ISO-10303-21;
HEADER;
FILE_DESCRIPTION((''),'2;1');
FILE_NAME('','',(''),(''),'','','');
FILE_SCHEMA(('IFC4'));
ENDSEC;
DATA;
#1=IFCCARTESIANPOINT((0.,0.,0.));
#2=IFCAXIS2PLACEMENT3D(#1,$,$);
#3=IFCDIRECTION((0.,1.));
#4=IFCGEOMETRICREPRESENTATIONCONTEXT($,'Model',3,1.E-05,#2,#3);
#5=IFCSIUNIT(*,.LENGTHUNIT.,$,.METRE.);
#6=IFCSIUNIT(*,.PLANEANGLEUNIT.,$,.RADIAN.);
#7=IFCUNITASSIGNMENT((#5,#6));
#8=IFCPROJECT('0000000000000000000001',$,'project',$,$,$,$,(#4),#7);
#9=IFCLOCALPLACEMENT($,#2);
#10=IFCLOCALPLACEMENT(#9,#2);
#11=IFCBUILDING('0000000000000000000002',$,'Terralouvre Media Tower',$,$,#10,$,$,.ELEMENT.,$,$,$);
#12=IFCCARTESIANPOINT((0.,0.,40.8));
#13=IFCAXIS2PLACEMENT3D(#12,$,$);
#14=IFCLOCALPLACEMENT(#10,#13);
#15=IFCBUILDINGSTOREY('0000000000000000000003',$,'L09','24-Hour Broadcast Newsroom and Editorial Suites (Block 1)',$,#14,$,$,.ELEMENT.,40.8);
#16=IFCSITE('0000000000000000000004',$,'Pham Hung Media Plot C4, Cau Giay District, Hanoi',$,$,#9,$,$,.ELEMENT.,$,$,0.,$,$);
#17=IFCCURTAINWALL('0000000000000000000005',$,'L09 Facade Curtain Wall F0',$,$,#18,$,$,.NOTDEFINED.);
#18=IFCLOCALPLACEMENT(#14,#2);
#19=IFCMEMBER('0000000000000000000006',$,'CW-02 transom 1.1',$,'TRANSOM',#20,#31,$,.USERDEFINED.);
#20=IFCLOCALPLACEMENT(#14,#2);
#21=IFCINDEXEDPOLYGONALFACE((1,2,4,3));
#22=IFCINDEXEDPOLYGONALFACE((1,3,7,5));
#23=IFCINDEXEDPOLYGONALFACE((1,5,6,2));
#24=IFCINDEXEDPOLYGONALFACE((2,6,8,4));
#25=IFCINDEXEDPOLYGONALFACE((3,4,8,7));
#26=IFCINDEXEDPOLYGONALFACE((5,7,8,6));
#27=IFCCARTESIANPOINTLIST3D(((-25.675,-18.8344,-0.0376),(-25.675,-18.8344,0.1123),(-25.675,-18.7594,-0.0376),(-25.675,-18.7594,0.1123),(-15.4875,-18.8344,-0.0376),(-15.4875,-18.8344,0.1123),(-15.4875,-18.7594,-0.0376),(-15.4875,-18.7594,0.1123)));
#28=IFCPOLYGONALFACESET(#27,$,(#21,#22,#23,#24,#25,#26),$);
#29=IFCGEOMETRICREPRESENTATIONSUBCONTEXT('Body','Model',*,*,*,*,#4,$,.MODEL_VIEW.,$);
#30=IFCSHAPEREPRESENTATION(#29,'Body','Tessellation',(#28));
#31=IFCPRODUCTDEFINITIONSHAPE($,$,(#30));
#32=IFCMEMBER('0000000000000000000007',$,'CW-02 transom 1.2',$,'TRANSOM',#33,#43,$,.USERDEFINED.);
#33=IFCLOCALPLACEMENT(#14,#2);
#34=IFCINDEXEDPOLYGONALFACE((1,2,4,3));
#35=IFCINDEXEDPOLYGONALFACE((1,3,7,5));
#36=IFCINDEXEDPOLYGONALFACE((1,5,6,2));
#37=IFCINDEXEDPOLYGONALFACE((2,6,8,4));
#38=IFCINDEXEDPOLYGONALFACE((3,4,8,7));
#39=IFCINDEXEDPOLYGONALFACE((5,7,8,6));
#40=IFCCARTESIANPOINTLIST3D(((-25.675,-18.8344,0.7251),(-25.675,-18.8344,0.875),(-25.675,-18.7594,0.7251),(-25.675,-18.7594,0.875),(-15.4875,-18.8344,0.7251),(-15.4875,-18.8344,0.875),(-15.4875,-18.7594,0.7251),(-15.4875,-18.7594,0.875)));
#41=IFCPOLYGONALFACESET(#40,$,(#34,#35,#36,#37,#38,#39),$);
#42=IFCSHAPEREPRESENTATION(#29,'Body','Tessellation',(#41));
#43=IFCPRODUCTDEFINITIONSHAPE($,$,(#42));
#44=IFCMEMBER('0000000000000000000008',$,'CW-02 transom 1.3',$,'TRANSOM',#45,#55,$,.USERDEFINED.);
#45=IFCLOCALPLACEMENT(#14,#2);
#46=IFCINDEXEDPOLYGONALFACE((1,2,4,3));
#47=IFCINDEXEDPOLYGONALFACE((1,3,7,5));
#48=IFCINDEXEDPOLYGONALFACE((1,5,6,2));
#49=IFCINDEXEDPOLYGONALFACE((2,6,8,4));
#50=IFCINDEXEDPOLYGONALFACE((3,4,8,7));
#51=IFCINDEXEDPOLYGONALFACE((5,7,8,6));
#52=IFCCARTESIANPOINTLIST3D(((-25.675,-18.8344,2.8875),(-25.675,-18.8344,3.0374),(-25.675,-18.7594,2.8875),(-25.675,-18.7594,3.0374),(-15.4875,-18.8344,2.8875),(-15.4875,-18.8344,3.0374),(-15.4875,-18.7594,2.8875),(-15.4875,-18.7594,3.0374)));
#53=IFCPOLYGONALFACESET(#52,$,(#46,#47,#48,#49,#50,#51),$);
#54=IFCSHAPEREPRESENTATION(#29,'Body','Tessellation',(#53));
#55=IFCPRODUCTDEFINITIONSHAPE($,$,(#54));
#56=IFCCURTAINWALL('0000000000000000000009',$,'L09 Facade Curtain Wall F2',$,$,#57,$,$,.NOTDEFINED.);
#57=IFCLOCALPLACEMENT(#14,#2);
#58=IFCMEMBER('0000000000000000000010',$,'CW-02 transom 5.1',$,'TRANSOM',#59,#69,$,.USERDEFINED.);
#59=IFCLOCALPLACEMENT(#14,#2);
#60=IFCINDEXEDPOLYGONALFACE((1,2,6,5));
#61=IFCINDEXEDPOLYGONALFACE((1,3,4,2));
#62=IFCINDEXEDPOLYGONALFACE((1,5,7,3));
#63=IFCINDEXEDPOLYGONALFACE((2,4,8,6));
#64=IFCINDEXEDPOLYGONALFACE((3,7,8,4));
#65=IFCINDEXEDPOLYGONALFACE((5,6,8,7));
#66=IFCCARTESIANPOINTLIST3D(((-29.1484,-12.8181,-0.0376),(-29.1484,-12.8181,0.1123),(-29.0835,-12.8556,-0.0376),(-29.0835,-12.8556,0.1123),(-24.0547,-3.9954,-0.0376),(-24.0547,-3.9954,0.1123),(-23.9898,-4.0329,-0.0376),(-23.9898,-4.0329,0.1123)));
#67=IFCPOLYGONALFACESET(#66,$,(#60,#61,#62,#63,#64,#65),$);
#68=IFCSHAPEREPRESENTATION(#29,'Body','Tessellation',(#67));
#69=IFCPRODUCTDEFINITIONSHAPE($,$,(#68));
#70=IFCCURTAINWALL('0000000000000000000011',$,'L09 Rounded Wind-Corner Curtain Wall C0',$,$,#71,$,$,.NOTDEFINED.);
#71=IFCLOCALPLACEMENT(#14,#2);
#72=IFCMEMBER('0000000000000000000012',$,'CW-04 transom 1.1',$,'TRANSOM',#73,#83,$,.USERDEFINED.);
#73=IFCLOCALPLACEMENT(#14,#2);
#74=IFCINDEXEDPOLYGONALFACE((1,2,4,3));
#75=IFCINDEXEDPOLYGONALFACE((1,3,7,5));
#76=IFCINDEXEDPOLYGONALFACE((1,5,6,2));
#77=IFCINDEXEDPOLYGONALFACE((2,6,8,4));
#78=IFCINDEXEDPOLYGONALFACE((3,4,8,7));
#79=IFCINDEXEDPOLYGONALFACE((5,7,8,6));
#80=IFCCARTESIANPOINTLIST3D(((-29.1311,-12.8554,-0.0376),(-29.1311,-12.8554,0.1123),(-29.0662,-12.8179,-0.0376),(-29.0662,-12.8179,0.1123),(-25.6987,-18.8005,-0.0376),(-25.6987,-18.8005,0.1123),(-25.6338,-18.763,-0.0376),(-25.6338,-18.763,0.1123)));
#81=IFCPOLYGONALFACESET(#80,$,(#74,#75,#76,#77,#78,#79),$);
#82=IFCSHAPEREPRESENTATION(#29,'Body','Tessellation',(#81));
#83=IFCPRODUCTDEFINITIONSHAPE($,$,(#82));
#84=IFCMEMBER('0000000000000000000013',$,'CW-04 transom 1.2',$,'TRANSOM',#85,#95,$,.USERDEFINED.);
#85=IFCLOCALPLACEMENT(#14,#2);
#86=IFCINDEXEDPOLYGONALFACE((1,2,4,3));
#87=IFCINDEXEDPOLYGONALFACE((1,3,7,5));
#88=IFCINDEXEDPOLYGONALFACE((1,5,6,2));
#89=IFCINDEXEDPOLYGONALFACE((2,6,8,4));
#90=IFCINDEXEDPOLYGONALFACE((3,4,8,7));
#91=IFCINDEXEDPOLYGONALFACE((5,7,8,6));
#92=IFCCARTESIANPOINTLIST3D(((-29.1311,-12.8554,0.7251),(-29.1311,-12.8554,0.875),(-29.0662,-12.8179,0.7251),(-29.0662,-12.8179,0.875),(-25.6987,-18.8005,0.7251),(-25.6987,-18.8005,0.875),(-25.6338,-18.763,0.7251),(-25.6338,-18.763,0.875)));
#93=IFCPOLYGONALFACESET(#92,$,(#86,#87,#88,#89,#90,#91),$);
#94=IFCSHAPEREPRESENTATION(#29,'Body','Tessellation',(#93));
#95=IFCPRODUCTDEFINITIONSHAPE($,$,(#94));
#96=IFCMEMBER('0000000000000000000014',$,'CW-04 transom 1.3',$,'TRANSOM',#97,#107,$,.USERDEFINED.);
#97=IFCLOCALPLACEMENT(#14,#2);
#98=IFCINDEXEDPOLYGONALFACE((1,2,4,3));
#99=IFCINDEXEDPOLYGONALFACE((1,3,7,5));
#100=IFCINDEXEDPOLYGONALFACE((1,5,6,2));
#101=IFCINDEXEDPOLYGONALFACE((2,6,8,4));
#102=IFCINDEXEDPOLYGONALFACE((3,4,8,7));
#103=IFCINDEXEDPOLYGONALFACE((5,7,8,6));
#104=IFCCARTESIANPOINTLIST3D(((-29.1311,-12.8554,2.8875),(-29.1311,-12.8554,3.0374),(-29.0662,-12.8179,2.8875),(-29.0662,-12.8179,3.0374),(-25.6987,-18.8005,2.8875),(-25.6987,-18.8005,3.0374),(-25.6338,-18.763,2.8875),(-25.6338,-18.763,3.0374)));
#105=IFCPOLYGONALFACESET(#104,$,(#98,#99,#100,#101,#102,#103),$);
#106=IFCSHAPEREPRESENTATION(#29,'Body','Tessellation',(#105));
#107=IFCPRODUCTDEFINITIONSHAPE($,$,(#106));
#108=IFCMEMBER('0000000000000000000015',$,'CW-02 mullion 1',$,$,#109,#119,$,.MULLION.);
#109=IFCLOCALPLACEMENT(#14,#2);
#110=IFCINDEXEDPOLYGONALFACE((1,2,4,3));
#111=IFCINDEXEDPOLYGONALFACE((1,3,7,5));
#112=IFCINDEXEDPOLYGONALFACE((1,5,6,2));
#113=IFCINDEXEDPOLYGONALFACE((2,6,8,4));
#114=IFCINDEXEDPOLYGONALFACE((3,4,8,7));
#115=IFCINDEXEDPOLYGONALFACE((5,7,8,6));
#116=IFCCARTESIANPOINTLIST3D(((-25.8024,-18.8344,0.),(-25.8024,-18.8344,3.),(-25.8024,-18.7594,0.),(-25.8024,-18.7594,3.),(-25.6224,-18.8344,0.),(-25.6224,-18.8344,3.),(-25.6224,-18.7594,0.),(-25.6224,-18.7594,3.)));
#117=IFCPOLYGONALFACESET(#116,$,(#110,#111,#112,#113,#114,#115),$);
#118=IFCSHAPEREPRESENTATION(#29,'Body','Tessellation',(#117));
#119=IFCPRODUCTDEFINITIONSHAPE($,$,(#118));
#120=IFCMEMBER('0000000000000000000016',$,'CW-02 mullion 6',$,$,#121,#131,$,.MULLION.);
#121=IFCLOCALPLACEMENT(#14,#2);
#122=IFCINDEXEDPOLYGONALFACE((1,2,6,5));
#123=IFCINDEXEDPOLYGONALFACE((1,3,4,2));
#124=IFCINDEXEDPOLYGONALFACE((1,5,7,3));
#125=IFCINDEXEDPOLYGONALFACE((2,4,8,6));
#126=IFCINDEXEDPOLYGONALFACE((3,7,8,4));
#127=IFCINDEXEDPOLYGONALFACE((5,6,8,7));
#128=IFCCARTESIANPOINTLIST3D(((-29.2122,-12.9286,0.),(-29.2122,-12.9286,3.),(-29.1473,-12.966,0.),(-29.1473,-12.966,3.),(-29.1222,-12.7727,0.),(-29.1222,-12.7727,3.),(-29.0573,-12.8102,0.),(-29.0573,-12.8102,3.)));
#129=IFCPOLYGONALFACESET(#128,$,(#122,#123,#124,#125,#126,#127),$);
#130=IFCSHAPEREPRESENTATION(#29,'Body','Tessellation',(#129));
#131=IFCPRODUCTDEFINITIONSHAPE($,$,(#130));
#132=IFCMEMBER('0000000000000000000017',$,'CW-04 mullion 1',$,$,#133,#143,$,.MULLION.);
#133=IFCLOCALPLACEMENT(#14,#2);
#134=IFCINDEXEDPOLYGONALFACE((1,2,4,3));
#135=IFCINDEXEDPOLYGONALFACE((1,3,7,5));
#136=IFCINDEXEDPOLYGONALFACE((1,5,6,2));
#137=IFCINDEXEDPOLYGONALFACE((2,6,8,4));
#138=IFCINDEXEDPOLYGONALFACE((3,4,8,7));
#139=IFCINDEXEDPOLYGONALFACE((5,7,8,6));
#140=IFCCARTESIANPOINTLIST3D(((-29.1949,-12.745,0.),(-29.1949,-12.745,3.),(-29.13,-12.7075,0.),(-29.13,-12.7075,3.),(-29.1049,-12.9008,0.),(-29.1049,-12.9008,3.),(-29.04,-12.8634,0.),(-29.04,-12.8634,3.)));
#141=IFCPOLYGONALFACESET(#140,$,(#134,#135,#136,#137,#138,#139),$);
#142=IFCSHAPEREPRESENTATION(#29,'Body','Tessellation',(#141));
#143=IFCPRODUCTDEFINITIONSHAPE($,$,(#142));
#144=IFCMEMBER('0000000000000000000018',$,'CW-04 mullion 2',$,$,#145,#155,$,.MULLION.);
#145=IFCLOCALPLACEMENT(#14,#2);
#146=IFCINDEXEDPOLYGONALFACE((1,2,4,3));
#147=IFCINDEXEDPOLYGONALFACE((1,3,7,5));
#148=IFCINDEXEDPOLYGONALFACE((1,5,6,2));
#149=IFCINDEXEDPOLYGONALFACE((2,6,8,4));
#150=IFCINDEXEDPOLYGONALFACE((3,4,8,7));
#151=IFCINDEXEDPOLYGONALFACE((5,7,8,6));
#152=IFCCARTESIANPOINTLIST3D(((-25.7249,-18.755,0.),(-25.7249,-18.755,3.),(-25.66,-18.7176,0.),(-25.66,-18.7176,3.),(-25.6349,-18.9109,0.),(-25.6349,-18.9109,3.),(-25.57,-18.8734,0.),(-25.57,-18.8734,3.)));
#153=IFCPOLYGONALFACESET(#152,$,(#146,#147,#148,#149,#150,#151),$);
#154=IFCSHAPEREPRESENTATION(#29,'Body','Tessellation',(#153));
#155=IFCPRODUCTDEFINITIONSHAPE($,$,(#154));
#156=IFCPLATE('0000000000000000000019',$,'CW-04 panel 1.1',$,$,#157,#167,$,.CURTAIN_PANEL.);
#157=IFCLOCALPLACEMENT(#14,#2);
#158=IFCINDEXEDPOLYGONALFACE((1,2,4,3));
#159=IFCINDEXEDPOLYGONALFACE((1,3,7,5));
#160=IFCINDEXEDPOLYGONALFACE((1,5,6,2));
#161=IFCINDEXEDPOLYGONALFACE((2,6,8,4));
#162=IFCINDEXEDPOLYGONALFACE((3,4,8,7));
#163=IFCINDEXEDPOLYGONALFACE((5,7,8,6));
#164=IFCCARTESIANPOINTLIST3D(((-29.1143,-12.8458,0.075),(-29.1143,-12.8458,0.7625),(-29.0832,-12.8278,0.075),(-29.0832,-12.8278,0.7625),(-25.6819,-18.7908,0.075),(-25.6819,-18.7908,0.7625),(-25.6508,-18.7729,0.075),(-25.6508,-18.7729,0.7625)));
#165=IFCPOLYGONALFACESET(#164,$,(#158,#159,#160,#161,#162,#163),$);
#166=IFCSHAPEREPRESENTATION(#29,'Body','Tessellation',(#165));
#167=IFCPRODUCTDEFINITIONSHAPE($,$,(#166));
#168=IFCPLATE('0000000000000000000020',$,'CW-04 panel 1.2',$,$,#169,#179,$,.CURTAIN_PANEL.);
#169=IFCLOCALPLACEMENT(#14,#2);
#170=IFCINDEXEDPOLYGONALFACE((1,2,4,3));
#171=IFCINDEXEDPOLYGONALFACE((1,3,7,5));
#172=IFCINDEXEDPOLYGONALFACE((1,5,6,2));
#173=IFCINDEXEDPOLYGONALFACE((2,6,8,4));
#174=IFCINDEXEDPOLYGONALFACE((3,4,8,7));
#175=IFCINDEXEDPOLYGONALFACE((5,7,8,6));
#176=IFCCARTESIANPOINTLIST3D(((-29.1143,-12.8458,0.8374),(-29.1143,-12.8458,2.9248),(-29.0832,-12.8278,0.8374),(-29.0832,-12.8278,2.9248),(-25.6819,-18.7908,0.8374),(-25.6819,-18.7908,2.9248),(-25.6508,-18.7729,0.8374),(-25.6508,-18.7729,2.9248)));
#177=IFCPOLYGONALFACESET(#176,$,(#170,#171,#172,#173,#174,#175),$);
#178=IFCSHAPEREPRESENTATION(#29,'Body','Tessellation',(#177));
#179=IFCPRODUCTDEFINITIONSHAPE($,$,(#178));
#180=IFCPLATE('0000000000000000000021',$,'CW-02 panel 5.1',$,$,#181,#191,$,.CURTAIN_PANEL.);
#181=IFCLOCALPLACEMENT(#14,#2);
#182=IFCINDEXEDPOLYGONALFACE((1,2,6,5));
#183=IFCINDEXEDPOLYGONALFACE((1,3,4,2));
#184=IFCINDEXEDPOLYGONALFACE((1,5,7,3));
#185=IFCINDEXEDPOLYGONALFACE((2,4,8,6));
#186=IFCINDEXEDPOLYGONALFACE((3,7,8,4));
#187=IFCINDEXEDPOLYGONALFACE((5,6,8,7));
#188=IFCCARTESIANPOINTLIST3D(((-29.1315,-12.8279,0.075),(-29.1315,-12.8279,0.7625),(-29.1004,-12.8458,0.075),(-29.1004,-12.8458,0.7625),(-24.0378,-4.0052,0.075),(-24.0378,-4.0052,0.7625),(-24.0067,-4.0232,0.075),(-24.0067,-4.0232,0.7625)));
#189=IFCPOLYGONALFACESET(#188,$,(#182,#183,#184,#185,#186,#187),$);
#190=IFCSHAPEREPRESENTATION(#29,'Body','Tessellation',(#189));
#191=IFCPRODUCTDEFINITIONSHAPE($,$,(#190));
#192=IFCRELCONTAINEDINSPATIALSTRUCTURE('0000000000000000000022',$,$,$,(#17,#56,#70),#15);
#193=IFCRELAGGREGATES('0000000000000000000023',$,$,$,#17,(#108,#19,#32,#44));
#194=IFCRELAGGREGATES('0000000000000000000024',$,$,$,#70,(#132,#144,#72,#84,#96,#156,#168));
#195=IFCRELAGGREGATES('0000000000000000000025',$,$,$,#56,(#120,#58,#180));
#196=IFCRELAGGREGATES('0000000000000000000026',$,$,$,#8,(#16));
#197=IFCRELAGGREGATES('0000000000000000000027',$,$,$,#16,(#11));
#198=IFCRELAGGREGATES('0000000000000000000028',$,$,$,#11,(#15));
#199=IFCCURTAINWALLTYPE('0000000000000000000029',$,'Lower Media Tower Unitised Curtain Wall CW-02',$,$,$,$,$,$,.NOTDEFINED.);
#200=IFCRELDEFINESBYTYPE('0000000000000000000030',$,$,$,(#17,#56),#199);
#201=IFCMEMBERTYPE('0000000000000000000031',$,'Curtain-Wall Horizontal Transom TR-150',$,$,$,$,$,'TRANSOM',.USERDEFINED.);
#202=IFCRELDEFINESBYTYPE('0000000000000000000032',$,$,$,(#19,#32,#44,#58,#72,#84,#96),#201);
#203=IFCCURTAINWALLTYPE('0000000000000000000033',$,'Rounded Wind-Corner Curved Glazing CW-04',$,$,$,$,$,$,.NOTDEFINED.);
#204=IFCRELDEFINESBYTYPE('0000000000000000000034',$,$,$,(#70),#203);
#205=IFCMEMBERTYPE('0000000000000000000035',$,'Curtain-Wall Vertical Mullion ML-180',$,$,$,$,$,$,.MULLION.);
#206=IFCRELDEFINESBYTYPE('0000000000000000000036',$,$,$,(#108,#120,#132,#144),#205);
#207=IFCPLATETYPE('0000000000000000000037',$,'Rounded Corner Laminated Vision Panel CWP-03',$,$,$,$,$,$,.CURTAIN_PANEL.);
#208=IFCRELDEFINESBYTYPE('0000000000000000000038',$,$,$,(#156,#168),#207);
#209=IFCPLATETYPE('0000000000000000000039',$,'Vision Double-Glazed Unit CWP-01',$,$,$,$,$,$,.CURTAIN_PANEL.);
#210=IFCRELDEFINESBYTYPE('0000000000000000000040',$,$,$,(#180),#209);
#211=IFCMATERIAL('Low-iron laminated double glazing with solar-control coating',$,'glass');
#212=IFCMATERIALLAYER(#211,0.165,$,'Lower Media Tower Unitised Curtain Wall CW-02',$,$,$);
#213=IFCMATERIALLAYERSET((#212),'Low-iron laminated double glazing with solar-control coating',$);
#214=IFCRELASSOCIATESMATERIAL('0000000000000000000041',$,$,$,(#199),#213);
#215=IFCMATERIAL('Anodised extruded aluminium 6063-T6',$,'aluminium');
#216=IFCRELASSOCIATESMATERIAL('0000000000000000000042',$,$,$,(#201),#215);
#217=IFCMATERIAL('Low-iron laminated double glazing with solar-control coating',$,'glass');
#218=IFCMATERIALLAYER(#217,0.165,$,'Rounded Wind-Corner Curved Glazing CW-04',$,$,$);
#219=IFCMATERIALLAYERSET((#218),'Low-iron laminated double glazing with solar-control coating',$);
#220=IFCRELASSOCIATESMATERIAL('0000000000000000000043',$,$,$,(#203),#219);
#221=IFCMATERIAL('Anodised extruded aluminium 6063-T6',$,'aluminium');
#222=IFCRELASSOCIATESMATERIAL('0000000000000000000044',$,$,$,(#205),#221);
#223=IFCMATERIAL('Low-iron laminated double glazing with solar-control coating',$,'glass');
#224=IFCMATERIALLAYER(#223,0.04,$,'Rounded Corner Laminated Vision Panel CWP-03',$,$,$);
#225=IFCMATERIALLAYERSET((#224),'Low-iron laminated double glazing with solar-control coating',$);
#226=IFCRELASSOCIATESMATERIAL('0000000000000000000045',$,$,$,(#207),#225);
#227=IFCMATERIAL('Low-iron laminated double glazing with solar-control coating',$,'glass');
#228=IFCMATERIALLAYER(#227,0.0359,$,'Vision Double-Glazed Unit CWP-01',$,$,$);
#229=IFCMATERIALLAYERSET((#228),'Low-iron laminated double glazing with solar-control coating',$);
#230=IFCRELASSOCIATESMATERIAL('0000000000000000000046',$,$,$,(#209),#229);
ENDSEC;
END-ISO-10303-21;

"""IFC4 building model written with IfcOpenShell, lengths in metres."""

from ifc_helpers import new_model, si_unit, direction, frame, origin, origin_2d, place, context, subcontext, project, spatial, rectangle, extrude, material, layer, layer_set, material_profile, profile_set, type_object, element, aggregate, save


model = new_model("IFC4")

# Units and contexts
model_context = context("Model", 3, precision=1e-05, world=origin(), true_north=direction((0.0, 1.0)))
body_context = subcontext(model_context, "Body", "Model", "MODEL_VIEW")
ifc_project = project(units=[si_unit("LENGTHUNIT", "METRE"), si_unit("PLANEANGLEUNIT", "RADIAN")], contexts=[model_context])

# Site, building, storey
site_placement = place(None, origin())
site = spatial("IfcSite", under=ifc_project, at=site_placement, Name="Pham Hung Media Plot C4, Cau Giay District, Hanoi", CompositionType="ELEMENT", RefElevation=0.0)
building_placement = place(site_placement, origin())
building = spatial("IfcBuilding", under=site, at=building_placement, Name="Terralouvre Media Tower", CompositionType="ELEMENT")
storey_placement = place(building_placement, frame((0.0, 0.0, 40.8)))
storey = spatial("IfcBuildingStorey", under=building, at=storey_placement, Name="L09", Description="24-Hour Broadcast Newsroom and Editorial Suites (Block 1)", CompositionType="ELEMENT", Elevation=40.8)

# Curtain wall, members
ifc_material_1 = material(Name="Low-iron laminated double glazing with solar-control coating", Category="glass")
ifc_layer_1 = layer(ifc_material_1, 0.165, Name="Lower Media Tower Unitised Curtain Wall CW-02")
ifc_layer_set_1 = layer_set([ifc_layer_1], Name="Low-iron laminated double glazing with solar-control coating")
curtain_wall_type_1 = type_object("IfcCurtainWallType", Name="Lower Media Tower Unitised Curtain Wall CW-02", PredefinedType="NOTDEFINED", material=ifc_layer_set_1)
curtain_wall_1_placement = place(storey_placement, origin())
curtain_wall_1 = element("IfcCurtainWall", 1, at=curtain_wall_1_placement, inside=storey, type_object=curtain_wall_type_1, Name="L09 Facade Curtain Wall F0", PredefinedType="NOTDEFINED")
ifc_material_2 = material(Name="Anodised extruded aluminium 6063-T6", Category="aluminium")
ifc_material_profile_1 = material_profile(ifc_material_2, rectangle(XDim=0.075, YDim=0.1499, at=origin_2d()), Name="ALU 75x150")
ifc_profile_set_1 = profile_set([ifc_material_profile_1], Name="Anodised extruded aluminium 6063-T6")
member_type_1 = type_object("IfcMemberType", Name="Curtain-Wall Horizontal Transom TR-150", ElementType="TRANSOM", PredefinedType="USERDEFINED", material=ifc_profile_set_1)
member_1_placement = place(storey_placement, frame((-25.675, -18.7969, 0.0374), z_axis=(1.0, 0.0, 0.0), x_axis=(0.0, 1.0, 0.0)))
member_1 = element("IfcMember", 2, at=member_1_placement, type_object=member_type_1, Name="CW-02 transom 1.1", ObjectType="TRANSOM", PredefinedType="USERDEFINED", context=body_context, shape_type="SweptSolid", body=[
    extrude(rectangle(XDim=0.075, YDim=0.1499, at=origin_2d()), origin(), (0.0, 0.0, 1.0), 10.1875),
])
member_2_placement = place(storey_placement, frame((-25.675, -18.7969, 0.8), z_axis=(1.0, 0.0, 0.0), x_axis=(0.0, 1.0, 0.0)))
member_2 = element("IfcMember", 3, at=member_2_placement, type_object=member_type_1, Name="CW-02 transom 1.2", ObjectType="TRANSOM", PredefinedType="USERDEFINED", context=body_context, shape_type="SweptSolid", body=[
    extrude(rectangle(XDim=0.075, YDim=0.1499, at=origin_2d()), origin(), (0.0, 0.0, 1.0), 10.1875),
])
member_3_placement = place(storey_placement, frame((-25.675, -18.7969, 2.9624), z_axis=(1.0, 0.0, 0.0), x_axis=(0.0, 1.0, 0.0)))
member_3 = element("IfcMember", 4, at=member_3_placement, type_object=member_type_1, Name="CW-02 transom 1.3", ObjectType="TRANSOM", PredefinedType="USERDEFINED", context=body_context, shape_type="SweptSolid", body=[
    extrude(rectangle(XDim=0.075, YDim=0.1499, at=origin_2d()), origin(), (0.0, 0.0, 1.0), 10.1875),
])

# Curtain wall, member
curtain_wall_2_placement = place(storey_placement, origin())
curtain_wall_2 = element("IfcCurtainWall", 5, at=curtain_wall_2_placement, inside=storey, type_object=curtain_wall_type_1, Name="L09 Facade Curtain Wall F2", PredefinedType="NOTDEFINED")
member_4_placement = place(storey_placement, frame((-24.0222, -4.0142, 0.0374), z_axis=(-0.499995, -0.866028, 0.0), x_axis=(0.866028, -0.499995, 0.0)))
member_4 = element("IfcMember", 6, at=member_4_placement, type_object=member_type_1, Name="CW-02 transom 5.1", ObjectType="TRANSOM", PredefinedType="USERDEFINED", context=body_context, shape_type="SweptSolid", body=[
    extrude(rectangle(XDim=0.075, YDim=0.1499, at=origin_2d()), origin(), (0.0, 0.0, 1.0), 10.1875),
])

# Curtain wall, members
ifc_material_3 = material(Name="Low-iron laminated double glazing with solar-control coating", Category="glass")
ifc_layer_2 = layer(ifc_material_3, 0.165, Name="Rounded Wind-Corner Curved Glazing CW-04")
ifc_layer_set_2 = layer_set([ifc_layer_2], Name="Low-iron laminated double glazing with solar-control coating")
curtain_wall_type_2 = type_object("IfcCurtainWallType", Name="Rounded Wind-Corner Curved Glazing CW-04", PredefinedType="NOTDEFINED", material=ifc_layer_set_2)
curtain_wall_3_placement = place(storey_placement, origin())
curtain_wall_3 = element("IfcCurtainWall", 7, at=curtain_wall_3_placement, inside=storey, type_object=curtain_wall_type_2, Name="L09 Rounded Wind-Corner Curtain Wall C0", PredefinedType="NOTDEFINED")
member_5_placement = place(storey_placement, frame((-29.0986, -12.8367, 0.0374), z_axis=(0.499998, -0.866026, 0.0), x_axis=(0.866026, 0.499998, 0.0)))
member_5 = element("IfcMember", 8, at=member_5_placement, type_object=member_type_1, Name="CW-04 transom 1.1", ObjectType="TRANSOM", PredefinedType="USERDEFINED", context=body_context, shape_type="SweptSolid", body=[
    extrude(rectangle(XDim=0.075, YDim=0.1499, at=origin_2d()), origin(), (0.0, 0.0, 1.0), 6.8647),
])
member_6_placement = place(storey_placement, frame((-29.0986, -12.8367, 0.8), z_axis=(0.499998, -0.866026, 0.0), x_axis=(0.866026, 0.499998, 0.0)))
member_6 = element("IfcMember", 9, at=member_6_placement, type_object=member_type_1, Name="CW-04 transom 1.2", ObjectType="TRANSOM", PredefinedType="USERDEFINED", context=body_context, shape_type="SweptSolid", body=[
    extrude(rectangle(XDim=0.075, YDim=0.1499, at=origin_2d()), origin(), (0.0, 0.0, 1.0), 6.8647),
])
member_7_placement = place(storey_placement, frame((-29.0986, -12.8367, 2.9624), z_axis=(0.499998, -0.866026, 0.0), x_axis=(0.866026, 0.499998, 0.0)))
member_7 = element("IfcMember", 10, at=member_7_placement, type_object=member_type_1, Name="CW-04 transom 1.3", ObjectType="TRANSOM", PredefinedType="USERDEFINED", context=body_context, shape_type="SweptSolid", body=[
    extrude(rectangle(XDim=0.075, YDim=0.1499, at=origin_2d()), origin(), (0.0, 0.0, 1.0), 6.8647),
])

# Members
ifc_material_4 = material(Name="Anodised extruded aluminium 6063-T6", Category="aluminium")
ifc_material_profile_2 = material_profile(ifc_material_4, rectangle(XDim=0.075, YDim=0.1799, at=origin_2d()), Name="ALU 75x180")
ifc_profile_set_2 = profile_set([ifc_material_profile_2], Name="Anodised extruded aluminium 6063-T6")
member_type_2 = type_object("IfcMemberType", Name="Curtain-Wall Vertical Mullion ML-180", PredefinedType="MULLION", material=ifc_profile_set_2)
member_8_placement = place(storey_placement, frame((-25.7124, -18.7969, 0.0), z_axis=(0.0, 0.0, 1.0), x_axis=(0.0, 1.0, 0.0)))
member_8 = element("IfcMember", 11, at=member_8_placement, type_object=member_type_2, Name="CW-02 mullion 1", PredefinedType="MULLION", context=body_context, shape_type="SweptSolid", body=[
    extrude(rectangle(XDim=0.075, YDim=0.1799, at=origin_2d()), origin(), (0.0, 0.0, 1.0), 3.0),
])
aggregate(curtain_wall_1, [member_8, member_1, member_2, member_3])
member_9_placement = place(storey_placement, frame((-29.1348, -12.8694, 0.0), z_axis=(0.0, 0.0, 1.0), x_axis=(0.866025, -0.5, 0.0)))
member_9 = element("IfcMember", 12, at=member_9_placement, type_object=member_type_2, Name="CW-02 mullion 6", PredefinedType="MULLION", context=body_context, shape_type="SweptSolid", body=[
    extrude(rectangle(XDim=0.075, YDim=0.1799, at=origin_2d()), origin(), (0.0, 0.0, 1.0), 3.0),
])
member_10_placement = place(storey_placement, frame((-29.1174, -12.8042, 0.0), z_axis=(0.0, 0.0, 1.0), x_axis=(0.866026, 0.5, 0.0)))
member_10 = element("IfcMember", 13, at=member_10_placement, type_object=member_type_2, Name="CW-04 mullion 1", PredefinedType="MULLION", context=body_context, shape_type="SweptSolid", body=[
    extrude(rectangle(XDim=0.075, YDim=0.1799, at=origin_2d()), origin(), (0.0, 0.0, 1.0), 3.0),
])
member_11_placement = place(storey_placement, frame((-25.6475, -18.8142, 0.0), z_axis=(0.0, 0.0, 1.0), x_axis=(0.866026, 0.5, 0.0)))
member_11 = element("IfcMember", 14, at=member_11_placement, type_object=member_type_2, Name="CW-04 mullion 2", PredefinedType="MULLION", context=body_context, shape_type="SweptSolid", body=[
    extrude(rectangle(XDim=0.075, YDim=0.1799, at=origin_2d()), origin(), (0.0, 0.0, 1.0), 3.0),
])

# Plates
ifc_material_5 = material(Name="Low-iron laminated double glazing with solar-control coating", Category="glass")
ifc_layer_3 = layer(ifc_material_5, 0.04, Name="Rounded Corner Laminated Vision Panel CWP-03")
ifc_layer_set_3 = layer_set([ifc_layer_3], Name="Low-iron laminated double glazing with solar-control coating")
plate_type_1 = type_object("IfcPlateType", Name="Rounded Corner Laminated Vision Panel CWP-03", PredefinedType="CURTAIN_PANEL", material=ifc_layer_set_3)
plate_1_placement = place(storey_placement, frame((-27.3826, -15.8093, 0.075), z_axis=(0.0, 0.0, 1.0), x_axis=(0.5, -0.866026, 0.0)))
plate_1 = element("IfcPlate", 15, at=plate_1_placement, type_object=plate_type_1, Name="CW-04 panel 1.1", PredefinedType="CURTAIN_PANEL", context=body_context, shape_type="SweptSolid", body=[
    extrude(rectangle(XDim=6.8647, YDim=0.0359, at=origin_2d()), origin(), (0.0, 0.0, 1.0), 0.6875),
])
plate_2_placement = place(storey_placement, frame((-27.3826, -15.8093, 0.8374), z_axis=(0.0, 0.0, 1.0), x_axis=(0.5, -0.866026, 0.0)))
plate_2 = element("IfcPlate", 16, at=plate_2_placement, type_object=plate_type_1, Name="CW-04 panel 1.2", PredefinedType="CURTAIN_PANEL", context=body_context, shape_type="SweptSolid", body=[
    extrude(rectangle(XDim=6.8647, YDim=0.0359, at=origin_2d()), origin(), (0.0, 0.0, 1.0), 2.0874),
])
aggregate(curtain_wall_3, [member_10, member_11, member_5, member_6, member_7, plate_1, plate_2])
ifc_material_6 = material(Name="Low-iron laminated double glazing with solar-control coating", Category="glass")
ifc_layer_4 = layer(ifc_material_6, 0.0359, Name="Vision Double-Glazed Unit CWP-01")
ifc_layer_set_4 = layer_set([ifc_layer_4], Name="Low-iron laminated double glazing with solar-control coating")
plate_type_2 = type_object("IfcPlateType", Name="Vision Double-Glazed Unit CWP-01", PredefinedType="CURTAIN_PANEL", material=ifc_layer_set_4)
plate_3_placement = place(storey_placement, frame((-26.5691, -8.4255, 0.075), z_axis=(0.0, 0.0, 1.0), x_axis=(-0.5, -0.866025, 0.0)))
plate_3 = element("IfcPlate", 17, at=plate_3_placement, type_object=plate_type_2, Name="CW-02 panel 5.1", PredefinedType="CURTAIN_PANEL", context=body_context, shape_type="SweptSolid", body=[
    extrude(rectangle(XDim=10.1875, YDim=0.0359, at=origin_2d()), origin(), (0.0, 0.0, 1.0), 0.6875),
])
aggregate(curtain_wall_2, [member_9, member_4, plate_3])

save(model, "model.ifc")
